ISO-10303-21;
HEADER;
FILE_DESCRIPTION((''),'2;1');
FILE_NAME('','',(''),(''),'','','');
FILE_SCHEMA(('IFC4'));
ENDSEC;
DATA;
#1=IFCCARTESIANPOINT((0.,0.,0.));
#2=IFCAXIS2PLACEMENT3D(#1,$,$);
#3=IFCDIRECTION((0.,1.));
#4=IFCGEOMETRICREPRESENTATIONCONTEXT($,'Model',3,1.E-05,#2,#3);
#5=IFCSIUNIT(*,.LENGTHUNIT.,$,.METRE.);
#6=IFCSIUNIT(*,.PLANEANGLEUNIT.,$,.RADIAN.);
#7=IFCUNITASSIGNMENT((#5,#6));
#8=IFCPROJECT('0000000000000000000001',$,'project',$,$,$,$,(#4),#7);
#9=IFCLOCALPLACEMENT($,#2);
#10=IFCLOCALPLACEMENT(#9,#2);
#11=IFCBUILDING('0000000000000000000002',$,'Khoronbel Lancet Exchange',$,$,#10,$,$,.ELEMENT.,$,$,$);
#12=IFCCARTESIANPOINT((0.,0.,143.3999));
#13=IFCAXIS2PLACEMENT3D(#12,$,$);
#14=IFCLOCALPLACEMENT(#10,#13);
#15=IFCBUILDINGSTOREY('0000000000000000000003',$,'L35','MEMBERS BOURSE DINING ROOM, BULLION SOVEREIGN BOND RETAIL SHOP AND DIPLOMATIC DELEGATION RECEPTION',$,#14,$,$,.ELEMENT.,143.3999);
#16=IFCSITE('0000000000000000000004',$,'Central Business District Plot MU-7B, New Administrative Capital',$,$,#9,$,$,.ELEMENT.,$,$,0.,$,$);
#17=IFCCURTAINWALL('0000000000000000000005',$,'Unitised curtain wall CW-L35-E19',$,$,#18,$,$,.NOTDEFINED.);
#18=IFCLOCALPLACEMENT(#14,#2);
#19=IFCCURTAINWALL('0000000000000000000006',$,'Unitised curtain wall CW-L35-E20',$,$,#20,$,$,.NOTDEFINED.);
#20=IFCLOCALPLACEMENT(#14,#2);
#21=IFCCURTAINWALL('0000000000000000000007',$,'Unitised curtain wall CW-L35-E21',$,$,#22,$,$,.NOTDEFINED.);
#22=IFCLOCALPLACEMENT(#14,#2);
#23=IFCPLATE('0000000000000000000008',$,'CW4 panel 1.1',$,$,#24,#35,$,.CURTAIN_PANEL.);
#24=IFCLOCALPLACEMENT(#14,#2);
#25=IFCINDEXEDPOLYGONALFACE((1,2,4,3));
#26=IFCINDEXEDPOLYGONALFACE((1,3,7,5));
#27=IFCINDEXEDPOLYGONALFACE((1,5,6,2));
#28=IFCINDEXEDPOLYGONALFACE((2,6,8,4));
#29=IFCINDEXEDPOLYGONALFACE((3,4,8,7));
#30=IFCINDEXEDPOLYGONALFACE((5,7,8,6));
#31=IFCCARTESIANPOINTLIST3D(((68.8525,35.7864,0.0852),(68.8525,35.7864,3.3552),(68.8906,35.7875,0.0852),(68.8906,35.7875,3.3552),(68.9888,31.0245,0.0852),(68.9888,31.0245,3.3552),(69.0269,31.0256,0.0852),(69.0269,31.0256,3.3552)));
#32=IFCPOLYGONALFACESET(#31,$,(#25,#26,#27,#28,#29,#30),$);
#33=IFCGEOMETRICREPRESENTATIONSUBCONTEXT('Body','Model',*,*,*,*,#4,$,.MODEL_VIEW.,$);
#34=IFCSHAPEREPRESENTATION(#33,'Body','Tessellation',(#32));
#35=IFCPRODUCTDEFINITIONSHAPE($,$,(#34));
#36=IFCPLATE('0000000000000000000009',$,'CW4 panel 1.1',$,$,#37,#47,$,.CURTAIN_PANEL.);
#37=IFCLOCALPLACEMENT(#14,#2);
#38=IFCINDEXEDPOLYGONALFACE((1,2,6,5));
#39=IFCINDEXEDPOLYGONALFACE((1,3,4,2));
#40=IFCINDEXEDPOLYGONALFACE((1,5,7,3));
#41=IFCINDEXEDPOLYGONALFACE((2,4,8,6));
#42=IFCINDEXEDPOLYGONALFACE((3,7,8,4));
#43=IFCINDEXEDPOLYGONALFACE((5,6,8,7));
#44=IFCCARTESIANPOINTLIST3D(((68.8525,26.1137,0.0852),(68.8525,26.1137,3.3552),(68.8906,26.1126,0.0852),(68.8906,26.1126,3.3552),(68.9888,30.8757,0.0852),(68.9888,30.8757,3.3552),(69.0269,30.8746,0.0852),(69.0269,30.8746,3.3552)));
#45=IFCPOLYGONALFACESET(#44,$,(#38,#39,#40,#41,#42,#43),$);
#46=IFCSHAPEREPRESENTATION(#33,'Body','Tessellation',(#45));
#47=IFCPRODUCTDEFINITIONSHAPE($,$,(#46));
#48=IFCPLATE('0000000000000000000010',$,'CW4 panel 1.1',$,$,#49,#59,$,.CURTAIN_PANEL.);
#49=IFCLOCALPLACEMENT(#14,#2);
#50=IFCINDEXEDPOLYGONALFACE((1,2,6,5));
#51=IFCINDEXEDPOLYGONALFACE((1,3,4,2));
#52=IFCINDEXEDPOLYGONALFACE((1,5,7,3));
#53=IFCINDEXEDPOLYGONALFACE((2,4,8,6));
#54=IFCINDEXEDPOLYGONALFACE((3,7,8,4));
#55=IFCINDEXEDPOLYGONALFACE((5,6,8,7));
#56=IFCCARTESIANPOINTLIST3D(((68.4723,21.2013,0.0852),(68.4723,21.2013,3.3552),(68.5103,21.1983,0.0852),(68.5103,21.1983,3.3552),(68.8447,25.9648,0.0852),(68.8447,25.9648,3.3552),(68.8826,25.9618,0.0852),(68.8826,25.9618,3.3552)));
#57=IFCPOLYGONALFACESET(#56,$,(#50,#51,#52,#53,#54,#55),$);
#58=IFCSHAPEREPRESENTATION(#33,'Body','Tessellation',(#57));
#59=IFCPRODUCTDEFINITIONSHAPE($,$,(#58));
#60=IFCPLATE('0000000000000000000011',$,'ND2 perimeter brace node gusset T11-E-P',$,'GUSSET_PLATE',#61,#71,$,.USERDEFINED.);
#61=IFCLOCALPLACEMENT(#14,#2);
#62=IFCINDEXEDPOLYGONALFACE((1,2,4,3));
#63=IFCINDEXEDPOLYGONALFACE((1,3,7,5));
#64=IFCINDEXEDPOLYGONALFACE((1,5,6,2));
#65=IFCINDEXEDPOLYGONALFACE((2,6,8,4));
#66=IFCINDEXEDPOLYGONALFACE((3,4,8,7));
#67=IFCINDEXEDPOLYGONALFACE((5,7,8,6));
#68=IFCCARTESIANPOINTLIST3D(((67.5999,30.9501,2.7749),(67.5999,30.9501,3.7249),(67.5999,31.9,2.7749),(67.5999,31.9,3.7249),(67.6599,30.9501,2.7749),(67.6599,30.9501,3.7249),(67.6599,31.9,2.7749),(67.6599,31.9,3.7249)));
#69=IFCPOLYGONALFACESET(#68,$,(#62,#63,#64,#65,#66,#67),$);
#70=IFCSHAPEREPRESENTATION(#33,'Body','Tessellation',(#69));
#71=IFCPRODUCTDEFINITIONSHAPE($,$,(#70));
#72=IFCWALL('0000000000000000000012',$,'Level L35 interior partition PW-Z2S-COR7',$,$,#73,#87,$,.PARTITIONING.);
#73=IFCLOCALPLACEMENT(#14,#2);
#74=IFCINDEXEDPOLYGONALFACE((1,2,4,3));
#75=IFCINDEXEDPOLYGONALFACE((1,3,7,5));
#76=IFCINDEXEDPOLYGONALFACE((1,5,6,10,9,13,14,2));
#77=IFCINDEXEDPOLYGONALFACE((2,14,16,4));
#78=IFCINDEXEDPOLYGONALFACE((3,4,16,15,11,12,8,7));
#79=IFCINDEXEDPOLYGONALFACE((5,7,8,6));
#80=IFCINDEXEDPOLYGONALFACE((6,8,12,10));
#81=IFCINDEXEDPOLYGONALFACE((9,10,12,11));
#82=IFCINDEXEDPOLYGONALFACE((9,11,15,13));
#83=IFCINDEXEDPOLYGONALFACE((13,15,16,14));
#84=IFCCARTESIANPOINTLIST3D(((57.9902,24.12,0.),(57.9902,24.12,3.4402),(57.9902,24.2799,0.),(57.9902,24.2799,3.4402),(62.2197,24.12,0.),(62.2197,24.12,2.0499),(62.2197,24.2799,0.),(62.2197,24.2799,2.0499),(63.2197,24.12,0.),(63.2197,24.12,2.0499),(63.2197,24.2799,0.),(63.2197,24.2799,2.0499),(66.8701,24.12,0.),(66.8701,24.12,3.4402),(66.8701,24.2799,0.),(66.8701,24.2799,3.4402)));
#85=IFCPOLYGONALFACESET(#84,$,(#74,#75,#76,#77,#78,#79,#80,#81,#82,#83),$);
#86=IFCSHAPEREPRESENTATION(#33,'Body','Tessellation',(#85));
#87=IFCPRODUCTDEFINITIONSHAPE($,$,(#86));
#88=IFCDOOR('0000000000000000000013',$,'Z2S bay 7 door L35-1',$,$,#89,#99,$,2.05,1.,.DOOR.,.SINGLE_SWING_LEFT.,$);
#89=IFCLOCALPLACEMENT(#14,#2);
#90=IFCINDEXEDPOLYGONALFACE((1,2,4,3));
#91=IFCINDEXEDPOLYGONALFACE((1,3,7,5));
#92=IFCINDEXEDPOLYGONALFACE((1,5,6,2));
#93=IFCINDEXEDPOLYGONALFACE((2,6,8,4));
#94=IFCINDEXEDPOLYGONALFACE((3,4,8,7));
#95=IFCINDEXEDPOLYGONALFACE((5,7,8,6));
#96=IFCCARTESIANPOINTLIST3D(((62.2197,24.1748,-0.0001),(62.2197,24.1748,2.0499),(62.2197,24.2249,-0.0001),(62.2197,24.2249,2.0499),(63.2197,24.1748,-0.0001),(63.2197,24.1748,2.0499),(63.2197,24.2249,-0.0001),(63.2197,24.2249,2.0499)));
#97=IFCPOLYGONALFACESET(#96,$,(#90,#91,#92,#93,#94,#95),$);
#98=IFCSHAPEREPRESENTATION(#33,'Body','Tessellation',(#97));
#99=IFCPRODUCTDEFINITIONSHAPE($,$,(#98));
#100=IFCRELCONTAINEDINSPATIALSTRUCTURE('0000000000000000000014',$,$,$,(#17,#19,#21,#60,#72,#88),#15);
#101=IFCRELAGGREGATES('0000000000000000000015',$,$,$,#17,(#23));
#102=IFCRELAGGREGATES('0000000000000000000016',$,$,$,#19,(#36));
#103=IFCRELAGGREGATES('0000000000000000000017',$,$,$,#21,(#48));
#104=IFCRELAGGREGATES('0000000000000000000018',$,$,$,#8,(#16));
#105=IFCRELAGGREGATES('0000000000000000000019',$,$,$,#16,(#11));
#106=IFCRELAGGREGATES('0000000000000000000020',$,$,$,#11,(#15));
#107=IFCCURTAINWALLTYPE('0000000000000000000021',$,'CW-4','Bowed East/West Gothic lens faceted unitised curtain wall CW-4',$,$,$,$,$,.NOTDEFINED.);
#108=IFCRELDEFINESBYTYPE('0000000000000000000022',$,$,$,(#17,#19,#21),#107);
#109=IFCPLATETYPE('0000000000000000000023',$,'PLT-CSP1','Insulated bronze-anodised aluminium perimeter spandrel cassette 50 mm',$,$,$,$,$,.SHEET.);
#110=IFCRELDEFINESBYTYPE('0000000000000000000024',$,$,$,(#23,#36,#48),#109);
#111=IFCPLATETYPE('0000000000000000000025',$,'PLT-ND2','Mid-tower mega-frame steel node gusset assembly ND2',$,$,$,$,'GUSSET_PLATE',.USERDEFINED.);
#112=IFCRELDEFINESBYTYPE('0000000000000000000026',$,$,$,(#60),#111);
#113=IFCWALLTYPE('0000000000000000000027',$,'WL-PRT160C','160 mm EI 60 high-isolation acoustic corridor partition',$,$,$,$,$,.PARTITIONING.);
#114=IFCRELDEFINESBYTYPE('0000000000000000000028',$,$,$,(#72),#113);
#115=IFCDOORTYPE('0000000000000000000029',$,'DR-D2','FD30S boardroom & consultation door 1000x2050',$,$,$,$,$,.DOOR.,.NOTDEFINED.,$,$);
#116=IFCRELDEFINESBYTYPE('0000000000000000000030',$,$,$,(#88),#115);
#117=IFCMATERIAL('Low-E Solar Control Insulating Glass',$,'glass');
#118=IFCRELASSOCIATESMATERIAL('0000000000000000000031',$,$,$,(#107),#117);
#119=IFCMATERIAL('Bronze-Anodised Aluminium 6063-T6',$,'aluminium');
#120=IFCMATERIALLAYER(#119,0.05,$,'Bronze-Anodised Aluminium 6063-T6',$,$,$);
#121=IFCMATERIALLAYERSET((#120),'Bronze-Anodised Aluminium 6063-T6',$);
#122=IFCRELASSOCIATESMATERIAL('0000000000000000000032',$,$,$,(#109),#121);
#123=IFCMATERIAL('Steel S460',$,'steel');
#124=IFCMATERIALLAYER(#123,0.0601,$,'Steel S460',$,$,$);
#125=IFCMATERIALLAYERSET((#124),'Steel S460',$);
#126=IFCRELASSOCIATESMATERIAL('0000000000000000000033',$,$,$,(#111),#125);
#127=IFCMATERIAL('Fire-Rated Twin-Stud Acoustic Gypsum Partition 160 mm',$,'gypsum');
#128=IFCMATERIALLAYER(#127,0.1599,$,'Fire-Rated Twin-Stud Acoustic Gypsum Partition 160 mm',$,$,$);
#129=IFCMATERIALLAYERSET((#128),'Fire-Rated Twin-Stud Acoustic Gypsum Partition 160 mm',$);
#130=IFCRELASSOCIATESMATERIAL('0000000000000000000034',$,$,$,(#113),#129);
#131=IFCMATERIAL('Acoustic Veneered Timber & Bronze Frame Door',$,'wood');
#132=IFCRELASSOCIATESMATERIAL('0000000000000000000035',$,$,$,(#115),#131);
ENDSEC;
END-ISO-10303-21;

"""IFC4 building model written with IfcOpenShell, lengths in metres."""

from ifc_helpers import new_model, si_unit, direction, frame, frame_2d, origin, origin_2d, place, context, subcontext, project, spatial, rectangle, extrude, material, layer, layer_set, type_object, element, fill, aggregate, save


model = new_model("IFC4")

# Units and contexts
model_context = context("Model", 3, precision=1e-05, world=origin(), true_north=direction((0.0, 1.0)))
body_context = subcontext(model_context, "Body", "Model", "MODEL_VIEW")
ifc_project = project(units=[si_unit("LENGTHUNIT", "METRE"), si_unit("PLANEANGLEUNIT", "RADIAN")], contexts=[model_context])

# Site, building, storey
site_placement = place(None, origin())
site = spatial("IfcSite", under=ifc_project, at=site_placement, Name="Central Business District Plot MU-7B, New Administrative Capital", CompositionType="ELEMENT", RefElevation=0.0)
building_placement = place(site_placement, origin())
building = spatial("IfcBuilding", under=site, at=building_placement, Name="Khoronbel Lancet Exchange", CompositionType="ELEMENT")
storey_placement = place(building_placement, frame((0.0, 0.0, 143.3999)))
storey = spatial("IfcBuildingStorey", under=building, at=storey_placement, Name="L35", Description="MEMBERS BOURSE DINING ROOM, BULLION SOVEREIGN BOND RETAIL SHOP AND DIPLOMATIC DELEGATION RECEPTION", CompositionType="ELEMENT", Elevation=143.3999)

# Shared definitions
ifc_material_1 = material(Name="Steel S460", Category="steel")

# Curtain wall
ifc_material_2 = material(Name="Low-E Solar Control Insulating Glass", Category="glass")
curtain_wall_type = type_object("IfcCurtainWallType", Name="CW-4", Description="Bowed East/West Gothic lens faceted unitised curtain wall CW-4", PredefinedType="NOTDEFINED", material=ifc_material_2)
curtain_wall_1_placement = place(storey_placement, origin())
curtain_wall_1 = element("IfcCurtainWall", 1, at=curtain_wall_1_placement, inside=storey, type_object=curtain_wall_type, Name="Unitised curtain wall CW-L35-E19", PredefinedType="NOTDEFINED")
ifc_material_3 = material(Name="Bronze-Anodised Aluminium 6063-T6", Category="aluminium")

# Curtain walls
curtain_wall_2_placement = place(storey_placement, origin())
curtain_wall_2 = element("IfcCurtainWall", 2, at=curtain_wall_2_placement, inside=storey, type_object=curtain_wall_type, Name="Unitised curtain wall CW-L35-E20", PredefinedType="NOTDEFINED")
curtain_wall_3_placement = place(storey_placement, origin())
curtain_wall_3 = element("IfcCurtainWall", 3, at=curtain_wall_3_placement, inside=storey, type_object=curtain_wall_type, Name="Unitised curtain wall CW-L35-E21", PredefinedType="NOTDEFINED")

# Plates
ifc_layer_1 = layer(ifc_material_3, 0.05, Name="Bronze-Anodised Aluminium 6063-T6")
ifc_layer_set_1 = layer_set([ifc_layer_1], Name="Bronze-Anodised Aluminium 6063-T6")
plate_type_1 = type_object("IfcPlateType", Name="PLT-CSP1", Description="Insulated bronze-anodised aluminium perimeter spandrel cassette 50 mm", PredefinedType="SHEET", material=ifc_layer_set_1)
plate_1_placement = place(storey_placement, frame((68.9397, 33.406, 0.0852), z_axis=(0.0, 0.0, 1.0), x_axis=(0.028613, -0.999591, 0.0)))
plate_1 = element("IfcPlate", 4, at=plate_1_placement, type_object=plate_type_1, Name="CW4 panel 1.1", PredefinedType="CURTAIN_PANEL", context=body_context, shape_type="SweptSolid", body=[
    extrude(rectangle(XDim=4.7639, YDim=0.0381, at=origin_2d()), origin(), (0.0, 0.0, 1.0), 3.27),
])
aggregate(curtain_wall_1, [plate_1])
plate_2_placement = place(storey_placement, frame((68.9397, 28.4941, 0.0852), z_axis=(0.0, 0.0, 1.0), x_axis=(-0.028613, -0.999591, 0.0)))
plate_2 = element("IfcPlate", 5, at=plate_2_placement, type_object=plate_type_1, Name="CW4 panel 1.1", PredefinedType="CURTAIN_PANEL", context=body_context, shape_type="SweptSolid", body=[
    extrude(rectangle(XDim=4.7639, YDim=0.0381, at=origin_2d()), origin(), (0.0, 0.0, 1.0), 3.27),
])
aggregate(curtain_wall_2, [plate_2])
plate_3_placement = place(storey_placement, frame((68.6775, 23.5815, 0.0852), z_axis=(0.0, 0.0, 1.0), x_axis=(-0.077921, -0.99696, 0.0)))
plate_3 = element("IfcPlate", 6, at=plate_3_placement, type_object=plate_type_1, Name="CW4 panel 1.1", PredefinedType="CURTAIN_PANEL", context=body_context, shape_type="SweptSolid", body=[
    extrude(rectangle(XDim=4.7781, YDim=0.0381, at=origin_2d()), origin(), (0.0, 0.0, 1.0), 3.27),
])
aggregate(curtain_wall_3, [plate_3])
ifc_layer_2 = layer(ifc_material_1, 0.0601, Name="Steel S460")
ifc_layer_set_2 = layer_set([ifc_layer_2], Name="Steel S460")
plate_type_2 = type_object("IfcPlateType", Name="PLT-ND2", Description="Mid-tower mega-frame steel node gusset assembly ND2", ElementType="GUSSET_PLATE", PredefinedType="USERDEFINED", material=ifc_layer_set_2)
plate_4_placement = place(storey_placement, frame((67.6299, 31.425, 2.7749), z_axis=(0.0, 0.0, 1.0), x_axis=(0.0, 1.0, 0.0)))
element("IfcPlate", 7, at=plate_4_placement, inside=storey, type_object=plate_type_2, Name="ND2 perimeter brace node gusset T11-E-P", ObjectType="GUSSET_PLATE", PredefinedType="USERDEFINED", context=body_context, shape_type="SweptSolid", body=[
    extrude(rectangle(XDim=0.95, YDim=0.0601, at=origin_2d()), origin(), (0.0, 0.0, 1.0), 0.95),
])

# Wall, opening, door
ifc_material_4 = material(Name="Fire-Rated Twin-Stud Acoustic Gypsum Partition 160 mm", Category="gypsum")
ifc_layer_3 = layer(ifc_material_4, 0.1599, Name="Fire-Rated Twin-Stud Acoustic Gypsum Partition 160 mm")
ifc_layer_set_3 = layer_set([ifc_layer_3], Name="Fire-Rated Twin-Stud Acoustic Gypsum Partition 160 mm")
wall_type = type_object("IfcWallType", Name="WL-PRT160C", Description="160 mm EI 60 high-isolation acoustic corridor partition", PredefinedType="PARTITIONING", material=ifc_layer_set_3)
wall_placement = place(storey_placement, frame((57.9902, 24.2, 0.0), z_axis=(0.0, 0.0, 1.0), x_axis=(1.0, 0.0, 0.0)))
wall = element("IfcWall", 8, at=wall_placement, inside=storey, type_object=wall_type, Name="Level L35 interior partition PW-Z2S-COR7", PredefinedType="PARTITIONING", context=body_context, shape_type="SweptSolid", body=[
    extrude(rectangle(XDim=8.8799, YDim=0.1599, at=frame_2d((4.4399, 0.0))), origin(), (0.0, 0.0, 1.0), 3.4402),
])
opening_placement = place(wall_placement, frame((4.2295, 0.0, 0.0)))
opening = element("IfcOpeningElement", 9, at=opening_placement, cuts=wall, PredefinedType="OPENING", context=body_context, shape_type="SweptSolid", body=[
    extrude(rectangle(XDim=1.0, YDim=2.05, at=frame_2d((0.5, 1.0249))), frame((0.0, 0.0898, 0.0), z_axis=(0.0, -1.0, 0.0), x_axis=(1.0, 0.0, 0.0)), (0.0, 0.0, 1.0), 0.1799),
])
ifc_material_5 = material(Name="Acoustic Veneered Timber & Bronze Frame Door", Category="wood")
door_type = type_object("IfcDoorType", Name="DR-D2", Description="FD30S boardroom & consultation door 1000x2050", OperationType="NOTDEFINED", PredefinedType="DOOR", material=ifc_material_5)
door_placement = place(opening_placement, origin())
door = element("IfcDoor", 10, at=door_placement, inside=storey, type_object=door_type, Name="Z2S bay 7 door L35-1", OperationType="SINGLE_SWING_LEFT", OverallHeight=2.05, OverallWidth=1.0, PredefinedType="DOOR", context=body_context, shape_type="SweptSolid", body=[
    extrude(rectangle(XDim=1.0, YDim=2.05, at=frame_2d((0.5, 1.0249))), frame((0.0, 0.0249, 0.0), z_axis=(0.0, -1.0, 0.0), x_axis=(1.0, 0.0, 0.0)), (0.0, 0.0, 1.0), 0.05),
])
fill(opening, door)

save(model, "model.ifc")
